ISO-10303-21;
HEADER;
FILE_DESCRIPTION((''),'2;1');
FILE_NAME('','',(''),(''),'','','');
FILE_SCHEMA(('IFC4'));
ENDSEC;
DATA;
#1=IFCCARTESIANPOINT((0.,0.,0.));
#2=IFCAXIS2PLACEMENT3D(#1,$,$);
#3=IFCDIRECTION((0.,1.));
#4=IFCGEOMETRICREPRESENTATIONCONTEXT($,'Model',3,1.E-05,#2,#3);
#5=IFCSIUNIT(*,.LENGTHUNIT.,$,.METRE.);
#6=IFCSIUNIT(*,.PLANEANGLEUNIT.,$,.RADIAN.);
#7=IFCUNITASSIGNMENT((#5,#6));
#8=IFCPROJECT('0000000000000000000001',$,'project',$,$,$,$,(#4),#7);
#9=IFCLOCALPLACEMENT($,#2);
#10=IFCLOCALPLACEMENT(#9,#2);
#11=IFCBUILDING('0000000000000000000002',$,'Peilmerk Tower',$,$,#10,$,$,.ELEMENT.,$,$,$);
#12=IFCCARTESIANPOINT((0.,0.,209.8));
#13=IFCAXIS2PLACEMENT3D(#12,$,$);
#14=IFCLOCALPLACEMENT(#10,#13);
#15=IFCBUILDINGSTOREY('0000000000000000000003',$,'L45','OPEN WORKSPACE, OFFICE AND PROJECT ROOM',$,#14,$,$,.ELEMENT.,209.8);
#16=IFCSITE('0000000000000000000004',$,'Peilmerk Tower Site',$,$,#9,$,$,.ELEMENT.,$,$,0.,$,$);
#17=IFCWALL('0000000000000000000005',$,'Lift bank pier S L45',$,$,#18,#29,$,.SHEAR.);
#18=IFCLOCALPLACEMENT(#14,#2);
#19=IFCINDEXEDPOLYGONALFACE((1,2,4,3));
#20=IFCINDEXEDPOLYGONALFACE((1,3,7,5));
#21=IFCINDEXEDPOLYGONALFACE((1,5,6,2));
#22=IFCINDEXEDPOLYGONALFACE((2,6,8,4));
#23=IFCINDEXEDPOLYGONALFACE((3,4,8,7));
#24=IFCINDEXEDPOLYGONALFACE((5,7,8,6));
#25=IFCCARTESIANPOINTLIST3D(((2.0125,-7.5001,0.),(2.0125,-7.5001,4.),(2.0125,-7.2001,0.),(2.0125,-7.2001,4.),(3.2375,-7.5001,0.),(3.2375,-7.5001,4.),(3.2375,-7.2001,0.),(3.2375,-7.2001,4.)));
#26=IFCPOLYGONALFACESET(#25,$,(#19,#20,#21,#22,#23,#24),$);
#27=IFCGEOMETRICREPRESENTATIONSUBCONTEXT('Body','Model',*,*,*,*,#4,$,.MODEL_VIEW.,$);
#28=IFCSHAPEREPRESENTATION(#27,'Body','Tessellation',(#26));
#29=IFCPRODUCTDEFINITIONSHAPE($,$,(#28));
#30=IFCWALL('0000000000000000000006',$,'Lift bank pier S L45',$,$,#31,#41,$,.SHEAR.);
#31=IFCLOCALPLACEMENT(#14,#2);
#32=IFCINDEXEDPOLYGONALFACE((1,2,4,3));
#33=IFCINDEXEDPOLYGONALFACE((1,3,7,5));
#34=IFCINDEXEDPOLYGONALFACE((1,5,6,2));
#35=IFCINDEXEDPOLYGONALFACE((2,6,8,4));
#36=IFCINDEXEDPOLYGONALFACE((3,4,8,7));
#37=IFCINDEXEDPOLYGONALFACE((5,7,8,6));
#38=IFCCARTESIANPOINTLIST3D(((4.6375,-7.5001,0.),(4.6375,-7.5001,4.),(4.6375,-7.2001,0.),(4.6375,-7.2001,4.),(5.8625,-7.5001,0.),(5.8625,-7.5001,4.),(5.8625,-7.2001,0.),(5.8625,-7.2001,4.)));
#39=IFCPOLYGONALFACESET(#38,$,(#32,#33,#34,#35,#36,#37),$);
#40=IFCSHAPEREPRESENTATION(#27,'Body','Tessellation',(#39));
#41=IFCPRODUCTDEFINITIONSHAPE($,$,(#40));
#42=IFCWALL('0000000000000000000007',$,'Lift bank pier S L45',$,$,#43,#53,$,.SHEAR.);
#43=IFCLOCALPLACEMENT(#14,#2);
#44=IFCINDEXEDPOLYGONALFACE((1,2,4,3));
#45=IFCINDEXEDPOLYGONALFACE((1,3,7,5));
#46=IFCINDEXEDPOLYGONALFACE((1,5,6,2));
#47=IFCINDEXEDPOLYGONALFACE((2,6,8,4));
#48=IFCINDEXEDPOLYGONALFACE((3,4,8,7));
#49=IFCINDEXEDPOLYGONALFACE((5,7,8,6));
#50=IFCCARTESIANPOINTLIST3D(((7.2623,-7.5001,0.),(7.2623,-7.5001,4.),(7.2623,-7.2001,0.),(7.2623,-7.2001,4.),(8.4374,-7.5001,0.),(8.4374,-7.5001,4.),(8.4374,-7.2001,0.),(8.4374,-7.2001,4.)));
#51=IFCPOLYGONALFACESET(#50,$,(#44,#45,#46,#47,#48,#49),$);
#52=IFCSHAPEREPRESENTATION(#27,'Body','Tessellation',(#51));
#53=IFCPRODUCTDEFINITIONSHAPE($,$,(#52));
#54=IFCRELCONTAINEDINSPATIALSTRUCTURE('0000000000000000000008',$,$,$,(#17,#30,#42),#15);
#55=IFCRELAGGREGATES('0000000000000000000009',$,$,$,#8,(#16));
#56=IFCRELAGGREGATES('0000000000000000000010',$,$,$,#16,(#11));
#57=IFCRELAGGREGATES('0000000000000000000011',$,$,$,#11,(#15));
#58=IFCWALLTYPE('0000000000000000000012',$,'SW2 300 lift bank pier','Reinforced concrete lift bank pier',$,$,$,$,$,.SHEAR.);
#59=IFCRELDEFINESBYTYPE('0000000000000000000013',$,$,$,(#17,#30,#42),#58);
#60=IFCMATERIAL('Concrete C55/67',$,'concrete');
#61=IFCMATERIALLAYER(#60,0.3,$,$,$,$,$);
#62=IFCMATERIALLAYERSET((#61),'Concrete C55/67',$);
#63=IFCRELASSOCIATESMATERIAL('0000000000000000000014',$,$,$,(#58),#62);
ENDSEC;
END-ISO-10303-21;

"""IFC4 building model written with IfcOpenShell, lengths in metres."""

from ifc_helpers import new_model, si_unit, direction, frame, frame_2d, origin, place, context, subcontext, project, spatial, rectangle, extrude, material, layer, layer_set, type_object, element, save


model = new_model("IFC4")

# Units and contexts
model_context = context("Model", 3, precision=1e-05, world=origin(), true_north=direction((0.0, 1.0)))
body_context = subcontext(model_context, "Body", "Model", "MODEL_VIEW")
ifc_project = project(units=[si_unit("LENGTHUNIT", "METRE"), si_unit("PLANEANGLEUNIT", "RADIAN")], contexts=[model_context])

# Site, building, storey
site_placement = place(None, origin())
site = spatial("IfcSite", under=ifc_project, at=site_placement, Name="Peilmerk Tower Site", CompositionType="ELEMENT", RefElevation=0.0)
building_placement = place(site_placement, origin())
building = spatial("IfcBuilding", under=site, at=building_placement, Name="Peilmerk Tower", CompositionType="ELEMENT")
storey_placement = place(building_placement, frame((0.0, 0.0, 209.8)))
storey = spatial("IfcBuildingStorey", under=building, at=storey_placement, Name="L45", Description="OPEN WORKSPACE, OFFICE AND PROJECT ROOM", CompositionType="ELEMENT", Elevation=209.8)

# Walls
ifc_material_1 = material(Name="Concrete C55/67", Category="concrete")
ifc_layer_1 = layer(ifc_material_1, 0.3)
ifc_layer_set_1 = layer_set([ifc_layer_1], Name="Concrete C55/67")
wall_type_1 = type_object("IfcWallType", Name="SW2 300 lift bank pier", Description="Reinforced concrete lift bank pier", PredefinedType="SHEAR", material=ifc_layer_set_1)
for number, where, z_axis, x_axis, name in (
    (1, (2.0125, -7.3501, 0.0), (0.0, 0.0, 1.0), (1.0, 0.0, 0.0), "Lift bank pier S L45"),
    (2, (4.6375, -7.3501, 0.0), (0.0, 0.0, 1.0), (1.0, 0.0, 0.0), "Lift bank pier S L45"),
):
    element("IfcWall", number, at=place(storey_placement, frame(where, z_axis=z_axis, x_axis=x_axis)), inside=storey, type_object=wall_type_1, Name=name, PredefinedType="SHEAR", context=body_context, shape_type="SweptSolid", body=[
        extrude(rectangle(XDim=1.2251, YDim=0.3, at=frame_2d((0.6125, 0.0))), origin(), (0.0, 0.0, 1.0), 4.0),
    ])
wall_1_placement = place(storey_placement, frame((7.2625, -7.3501, 0.0), z_axis=(0.0, 0.0, 1.0), x_axis=(1.0, 0.0, 0.0)))
element("IfcWall", 3, at=wall_1_placement, inside=storey, type_object=wall_type_1, Name="Lift bank pier S L45", PredefinedType="SHEAR", context=body_context, shape_type="SweptSolid", body=[
    extrude(rectangle(XDim=1.175, YDim=0.3, at=frame_2d((0.5874, 0.0))), origin(), (0.0, 0.0, 1.0), 4.0),
])

save(model, "model.ifc")
